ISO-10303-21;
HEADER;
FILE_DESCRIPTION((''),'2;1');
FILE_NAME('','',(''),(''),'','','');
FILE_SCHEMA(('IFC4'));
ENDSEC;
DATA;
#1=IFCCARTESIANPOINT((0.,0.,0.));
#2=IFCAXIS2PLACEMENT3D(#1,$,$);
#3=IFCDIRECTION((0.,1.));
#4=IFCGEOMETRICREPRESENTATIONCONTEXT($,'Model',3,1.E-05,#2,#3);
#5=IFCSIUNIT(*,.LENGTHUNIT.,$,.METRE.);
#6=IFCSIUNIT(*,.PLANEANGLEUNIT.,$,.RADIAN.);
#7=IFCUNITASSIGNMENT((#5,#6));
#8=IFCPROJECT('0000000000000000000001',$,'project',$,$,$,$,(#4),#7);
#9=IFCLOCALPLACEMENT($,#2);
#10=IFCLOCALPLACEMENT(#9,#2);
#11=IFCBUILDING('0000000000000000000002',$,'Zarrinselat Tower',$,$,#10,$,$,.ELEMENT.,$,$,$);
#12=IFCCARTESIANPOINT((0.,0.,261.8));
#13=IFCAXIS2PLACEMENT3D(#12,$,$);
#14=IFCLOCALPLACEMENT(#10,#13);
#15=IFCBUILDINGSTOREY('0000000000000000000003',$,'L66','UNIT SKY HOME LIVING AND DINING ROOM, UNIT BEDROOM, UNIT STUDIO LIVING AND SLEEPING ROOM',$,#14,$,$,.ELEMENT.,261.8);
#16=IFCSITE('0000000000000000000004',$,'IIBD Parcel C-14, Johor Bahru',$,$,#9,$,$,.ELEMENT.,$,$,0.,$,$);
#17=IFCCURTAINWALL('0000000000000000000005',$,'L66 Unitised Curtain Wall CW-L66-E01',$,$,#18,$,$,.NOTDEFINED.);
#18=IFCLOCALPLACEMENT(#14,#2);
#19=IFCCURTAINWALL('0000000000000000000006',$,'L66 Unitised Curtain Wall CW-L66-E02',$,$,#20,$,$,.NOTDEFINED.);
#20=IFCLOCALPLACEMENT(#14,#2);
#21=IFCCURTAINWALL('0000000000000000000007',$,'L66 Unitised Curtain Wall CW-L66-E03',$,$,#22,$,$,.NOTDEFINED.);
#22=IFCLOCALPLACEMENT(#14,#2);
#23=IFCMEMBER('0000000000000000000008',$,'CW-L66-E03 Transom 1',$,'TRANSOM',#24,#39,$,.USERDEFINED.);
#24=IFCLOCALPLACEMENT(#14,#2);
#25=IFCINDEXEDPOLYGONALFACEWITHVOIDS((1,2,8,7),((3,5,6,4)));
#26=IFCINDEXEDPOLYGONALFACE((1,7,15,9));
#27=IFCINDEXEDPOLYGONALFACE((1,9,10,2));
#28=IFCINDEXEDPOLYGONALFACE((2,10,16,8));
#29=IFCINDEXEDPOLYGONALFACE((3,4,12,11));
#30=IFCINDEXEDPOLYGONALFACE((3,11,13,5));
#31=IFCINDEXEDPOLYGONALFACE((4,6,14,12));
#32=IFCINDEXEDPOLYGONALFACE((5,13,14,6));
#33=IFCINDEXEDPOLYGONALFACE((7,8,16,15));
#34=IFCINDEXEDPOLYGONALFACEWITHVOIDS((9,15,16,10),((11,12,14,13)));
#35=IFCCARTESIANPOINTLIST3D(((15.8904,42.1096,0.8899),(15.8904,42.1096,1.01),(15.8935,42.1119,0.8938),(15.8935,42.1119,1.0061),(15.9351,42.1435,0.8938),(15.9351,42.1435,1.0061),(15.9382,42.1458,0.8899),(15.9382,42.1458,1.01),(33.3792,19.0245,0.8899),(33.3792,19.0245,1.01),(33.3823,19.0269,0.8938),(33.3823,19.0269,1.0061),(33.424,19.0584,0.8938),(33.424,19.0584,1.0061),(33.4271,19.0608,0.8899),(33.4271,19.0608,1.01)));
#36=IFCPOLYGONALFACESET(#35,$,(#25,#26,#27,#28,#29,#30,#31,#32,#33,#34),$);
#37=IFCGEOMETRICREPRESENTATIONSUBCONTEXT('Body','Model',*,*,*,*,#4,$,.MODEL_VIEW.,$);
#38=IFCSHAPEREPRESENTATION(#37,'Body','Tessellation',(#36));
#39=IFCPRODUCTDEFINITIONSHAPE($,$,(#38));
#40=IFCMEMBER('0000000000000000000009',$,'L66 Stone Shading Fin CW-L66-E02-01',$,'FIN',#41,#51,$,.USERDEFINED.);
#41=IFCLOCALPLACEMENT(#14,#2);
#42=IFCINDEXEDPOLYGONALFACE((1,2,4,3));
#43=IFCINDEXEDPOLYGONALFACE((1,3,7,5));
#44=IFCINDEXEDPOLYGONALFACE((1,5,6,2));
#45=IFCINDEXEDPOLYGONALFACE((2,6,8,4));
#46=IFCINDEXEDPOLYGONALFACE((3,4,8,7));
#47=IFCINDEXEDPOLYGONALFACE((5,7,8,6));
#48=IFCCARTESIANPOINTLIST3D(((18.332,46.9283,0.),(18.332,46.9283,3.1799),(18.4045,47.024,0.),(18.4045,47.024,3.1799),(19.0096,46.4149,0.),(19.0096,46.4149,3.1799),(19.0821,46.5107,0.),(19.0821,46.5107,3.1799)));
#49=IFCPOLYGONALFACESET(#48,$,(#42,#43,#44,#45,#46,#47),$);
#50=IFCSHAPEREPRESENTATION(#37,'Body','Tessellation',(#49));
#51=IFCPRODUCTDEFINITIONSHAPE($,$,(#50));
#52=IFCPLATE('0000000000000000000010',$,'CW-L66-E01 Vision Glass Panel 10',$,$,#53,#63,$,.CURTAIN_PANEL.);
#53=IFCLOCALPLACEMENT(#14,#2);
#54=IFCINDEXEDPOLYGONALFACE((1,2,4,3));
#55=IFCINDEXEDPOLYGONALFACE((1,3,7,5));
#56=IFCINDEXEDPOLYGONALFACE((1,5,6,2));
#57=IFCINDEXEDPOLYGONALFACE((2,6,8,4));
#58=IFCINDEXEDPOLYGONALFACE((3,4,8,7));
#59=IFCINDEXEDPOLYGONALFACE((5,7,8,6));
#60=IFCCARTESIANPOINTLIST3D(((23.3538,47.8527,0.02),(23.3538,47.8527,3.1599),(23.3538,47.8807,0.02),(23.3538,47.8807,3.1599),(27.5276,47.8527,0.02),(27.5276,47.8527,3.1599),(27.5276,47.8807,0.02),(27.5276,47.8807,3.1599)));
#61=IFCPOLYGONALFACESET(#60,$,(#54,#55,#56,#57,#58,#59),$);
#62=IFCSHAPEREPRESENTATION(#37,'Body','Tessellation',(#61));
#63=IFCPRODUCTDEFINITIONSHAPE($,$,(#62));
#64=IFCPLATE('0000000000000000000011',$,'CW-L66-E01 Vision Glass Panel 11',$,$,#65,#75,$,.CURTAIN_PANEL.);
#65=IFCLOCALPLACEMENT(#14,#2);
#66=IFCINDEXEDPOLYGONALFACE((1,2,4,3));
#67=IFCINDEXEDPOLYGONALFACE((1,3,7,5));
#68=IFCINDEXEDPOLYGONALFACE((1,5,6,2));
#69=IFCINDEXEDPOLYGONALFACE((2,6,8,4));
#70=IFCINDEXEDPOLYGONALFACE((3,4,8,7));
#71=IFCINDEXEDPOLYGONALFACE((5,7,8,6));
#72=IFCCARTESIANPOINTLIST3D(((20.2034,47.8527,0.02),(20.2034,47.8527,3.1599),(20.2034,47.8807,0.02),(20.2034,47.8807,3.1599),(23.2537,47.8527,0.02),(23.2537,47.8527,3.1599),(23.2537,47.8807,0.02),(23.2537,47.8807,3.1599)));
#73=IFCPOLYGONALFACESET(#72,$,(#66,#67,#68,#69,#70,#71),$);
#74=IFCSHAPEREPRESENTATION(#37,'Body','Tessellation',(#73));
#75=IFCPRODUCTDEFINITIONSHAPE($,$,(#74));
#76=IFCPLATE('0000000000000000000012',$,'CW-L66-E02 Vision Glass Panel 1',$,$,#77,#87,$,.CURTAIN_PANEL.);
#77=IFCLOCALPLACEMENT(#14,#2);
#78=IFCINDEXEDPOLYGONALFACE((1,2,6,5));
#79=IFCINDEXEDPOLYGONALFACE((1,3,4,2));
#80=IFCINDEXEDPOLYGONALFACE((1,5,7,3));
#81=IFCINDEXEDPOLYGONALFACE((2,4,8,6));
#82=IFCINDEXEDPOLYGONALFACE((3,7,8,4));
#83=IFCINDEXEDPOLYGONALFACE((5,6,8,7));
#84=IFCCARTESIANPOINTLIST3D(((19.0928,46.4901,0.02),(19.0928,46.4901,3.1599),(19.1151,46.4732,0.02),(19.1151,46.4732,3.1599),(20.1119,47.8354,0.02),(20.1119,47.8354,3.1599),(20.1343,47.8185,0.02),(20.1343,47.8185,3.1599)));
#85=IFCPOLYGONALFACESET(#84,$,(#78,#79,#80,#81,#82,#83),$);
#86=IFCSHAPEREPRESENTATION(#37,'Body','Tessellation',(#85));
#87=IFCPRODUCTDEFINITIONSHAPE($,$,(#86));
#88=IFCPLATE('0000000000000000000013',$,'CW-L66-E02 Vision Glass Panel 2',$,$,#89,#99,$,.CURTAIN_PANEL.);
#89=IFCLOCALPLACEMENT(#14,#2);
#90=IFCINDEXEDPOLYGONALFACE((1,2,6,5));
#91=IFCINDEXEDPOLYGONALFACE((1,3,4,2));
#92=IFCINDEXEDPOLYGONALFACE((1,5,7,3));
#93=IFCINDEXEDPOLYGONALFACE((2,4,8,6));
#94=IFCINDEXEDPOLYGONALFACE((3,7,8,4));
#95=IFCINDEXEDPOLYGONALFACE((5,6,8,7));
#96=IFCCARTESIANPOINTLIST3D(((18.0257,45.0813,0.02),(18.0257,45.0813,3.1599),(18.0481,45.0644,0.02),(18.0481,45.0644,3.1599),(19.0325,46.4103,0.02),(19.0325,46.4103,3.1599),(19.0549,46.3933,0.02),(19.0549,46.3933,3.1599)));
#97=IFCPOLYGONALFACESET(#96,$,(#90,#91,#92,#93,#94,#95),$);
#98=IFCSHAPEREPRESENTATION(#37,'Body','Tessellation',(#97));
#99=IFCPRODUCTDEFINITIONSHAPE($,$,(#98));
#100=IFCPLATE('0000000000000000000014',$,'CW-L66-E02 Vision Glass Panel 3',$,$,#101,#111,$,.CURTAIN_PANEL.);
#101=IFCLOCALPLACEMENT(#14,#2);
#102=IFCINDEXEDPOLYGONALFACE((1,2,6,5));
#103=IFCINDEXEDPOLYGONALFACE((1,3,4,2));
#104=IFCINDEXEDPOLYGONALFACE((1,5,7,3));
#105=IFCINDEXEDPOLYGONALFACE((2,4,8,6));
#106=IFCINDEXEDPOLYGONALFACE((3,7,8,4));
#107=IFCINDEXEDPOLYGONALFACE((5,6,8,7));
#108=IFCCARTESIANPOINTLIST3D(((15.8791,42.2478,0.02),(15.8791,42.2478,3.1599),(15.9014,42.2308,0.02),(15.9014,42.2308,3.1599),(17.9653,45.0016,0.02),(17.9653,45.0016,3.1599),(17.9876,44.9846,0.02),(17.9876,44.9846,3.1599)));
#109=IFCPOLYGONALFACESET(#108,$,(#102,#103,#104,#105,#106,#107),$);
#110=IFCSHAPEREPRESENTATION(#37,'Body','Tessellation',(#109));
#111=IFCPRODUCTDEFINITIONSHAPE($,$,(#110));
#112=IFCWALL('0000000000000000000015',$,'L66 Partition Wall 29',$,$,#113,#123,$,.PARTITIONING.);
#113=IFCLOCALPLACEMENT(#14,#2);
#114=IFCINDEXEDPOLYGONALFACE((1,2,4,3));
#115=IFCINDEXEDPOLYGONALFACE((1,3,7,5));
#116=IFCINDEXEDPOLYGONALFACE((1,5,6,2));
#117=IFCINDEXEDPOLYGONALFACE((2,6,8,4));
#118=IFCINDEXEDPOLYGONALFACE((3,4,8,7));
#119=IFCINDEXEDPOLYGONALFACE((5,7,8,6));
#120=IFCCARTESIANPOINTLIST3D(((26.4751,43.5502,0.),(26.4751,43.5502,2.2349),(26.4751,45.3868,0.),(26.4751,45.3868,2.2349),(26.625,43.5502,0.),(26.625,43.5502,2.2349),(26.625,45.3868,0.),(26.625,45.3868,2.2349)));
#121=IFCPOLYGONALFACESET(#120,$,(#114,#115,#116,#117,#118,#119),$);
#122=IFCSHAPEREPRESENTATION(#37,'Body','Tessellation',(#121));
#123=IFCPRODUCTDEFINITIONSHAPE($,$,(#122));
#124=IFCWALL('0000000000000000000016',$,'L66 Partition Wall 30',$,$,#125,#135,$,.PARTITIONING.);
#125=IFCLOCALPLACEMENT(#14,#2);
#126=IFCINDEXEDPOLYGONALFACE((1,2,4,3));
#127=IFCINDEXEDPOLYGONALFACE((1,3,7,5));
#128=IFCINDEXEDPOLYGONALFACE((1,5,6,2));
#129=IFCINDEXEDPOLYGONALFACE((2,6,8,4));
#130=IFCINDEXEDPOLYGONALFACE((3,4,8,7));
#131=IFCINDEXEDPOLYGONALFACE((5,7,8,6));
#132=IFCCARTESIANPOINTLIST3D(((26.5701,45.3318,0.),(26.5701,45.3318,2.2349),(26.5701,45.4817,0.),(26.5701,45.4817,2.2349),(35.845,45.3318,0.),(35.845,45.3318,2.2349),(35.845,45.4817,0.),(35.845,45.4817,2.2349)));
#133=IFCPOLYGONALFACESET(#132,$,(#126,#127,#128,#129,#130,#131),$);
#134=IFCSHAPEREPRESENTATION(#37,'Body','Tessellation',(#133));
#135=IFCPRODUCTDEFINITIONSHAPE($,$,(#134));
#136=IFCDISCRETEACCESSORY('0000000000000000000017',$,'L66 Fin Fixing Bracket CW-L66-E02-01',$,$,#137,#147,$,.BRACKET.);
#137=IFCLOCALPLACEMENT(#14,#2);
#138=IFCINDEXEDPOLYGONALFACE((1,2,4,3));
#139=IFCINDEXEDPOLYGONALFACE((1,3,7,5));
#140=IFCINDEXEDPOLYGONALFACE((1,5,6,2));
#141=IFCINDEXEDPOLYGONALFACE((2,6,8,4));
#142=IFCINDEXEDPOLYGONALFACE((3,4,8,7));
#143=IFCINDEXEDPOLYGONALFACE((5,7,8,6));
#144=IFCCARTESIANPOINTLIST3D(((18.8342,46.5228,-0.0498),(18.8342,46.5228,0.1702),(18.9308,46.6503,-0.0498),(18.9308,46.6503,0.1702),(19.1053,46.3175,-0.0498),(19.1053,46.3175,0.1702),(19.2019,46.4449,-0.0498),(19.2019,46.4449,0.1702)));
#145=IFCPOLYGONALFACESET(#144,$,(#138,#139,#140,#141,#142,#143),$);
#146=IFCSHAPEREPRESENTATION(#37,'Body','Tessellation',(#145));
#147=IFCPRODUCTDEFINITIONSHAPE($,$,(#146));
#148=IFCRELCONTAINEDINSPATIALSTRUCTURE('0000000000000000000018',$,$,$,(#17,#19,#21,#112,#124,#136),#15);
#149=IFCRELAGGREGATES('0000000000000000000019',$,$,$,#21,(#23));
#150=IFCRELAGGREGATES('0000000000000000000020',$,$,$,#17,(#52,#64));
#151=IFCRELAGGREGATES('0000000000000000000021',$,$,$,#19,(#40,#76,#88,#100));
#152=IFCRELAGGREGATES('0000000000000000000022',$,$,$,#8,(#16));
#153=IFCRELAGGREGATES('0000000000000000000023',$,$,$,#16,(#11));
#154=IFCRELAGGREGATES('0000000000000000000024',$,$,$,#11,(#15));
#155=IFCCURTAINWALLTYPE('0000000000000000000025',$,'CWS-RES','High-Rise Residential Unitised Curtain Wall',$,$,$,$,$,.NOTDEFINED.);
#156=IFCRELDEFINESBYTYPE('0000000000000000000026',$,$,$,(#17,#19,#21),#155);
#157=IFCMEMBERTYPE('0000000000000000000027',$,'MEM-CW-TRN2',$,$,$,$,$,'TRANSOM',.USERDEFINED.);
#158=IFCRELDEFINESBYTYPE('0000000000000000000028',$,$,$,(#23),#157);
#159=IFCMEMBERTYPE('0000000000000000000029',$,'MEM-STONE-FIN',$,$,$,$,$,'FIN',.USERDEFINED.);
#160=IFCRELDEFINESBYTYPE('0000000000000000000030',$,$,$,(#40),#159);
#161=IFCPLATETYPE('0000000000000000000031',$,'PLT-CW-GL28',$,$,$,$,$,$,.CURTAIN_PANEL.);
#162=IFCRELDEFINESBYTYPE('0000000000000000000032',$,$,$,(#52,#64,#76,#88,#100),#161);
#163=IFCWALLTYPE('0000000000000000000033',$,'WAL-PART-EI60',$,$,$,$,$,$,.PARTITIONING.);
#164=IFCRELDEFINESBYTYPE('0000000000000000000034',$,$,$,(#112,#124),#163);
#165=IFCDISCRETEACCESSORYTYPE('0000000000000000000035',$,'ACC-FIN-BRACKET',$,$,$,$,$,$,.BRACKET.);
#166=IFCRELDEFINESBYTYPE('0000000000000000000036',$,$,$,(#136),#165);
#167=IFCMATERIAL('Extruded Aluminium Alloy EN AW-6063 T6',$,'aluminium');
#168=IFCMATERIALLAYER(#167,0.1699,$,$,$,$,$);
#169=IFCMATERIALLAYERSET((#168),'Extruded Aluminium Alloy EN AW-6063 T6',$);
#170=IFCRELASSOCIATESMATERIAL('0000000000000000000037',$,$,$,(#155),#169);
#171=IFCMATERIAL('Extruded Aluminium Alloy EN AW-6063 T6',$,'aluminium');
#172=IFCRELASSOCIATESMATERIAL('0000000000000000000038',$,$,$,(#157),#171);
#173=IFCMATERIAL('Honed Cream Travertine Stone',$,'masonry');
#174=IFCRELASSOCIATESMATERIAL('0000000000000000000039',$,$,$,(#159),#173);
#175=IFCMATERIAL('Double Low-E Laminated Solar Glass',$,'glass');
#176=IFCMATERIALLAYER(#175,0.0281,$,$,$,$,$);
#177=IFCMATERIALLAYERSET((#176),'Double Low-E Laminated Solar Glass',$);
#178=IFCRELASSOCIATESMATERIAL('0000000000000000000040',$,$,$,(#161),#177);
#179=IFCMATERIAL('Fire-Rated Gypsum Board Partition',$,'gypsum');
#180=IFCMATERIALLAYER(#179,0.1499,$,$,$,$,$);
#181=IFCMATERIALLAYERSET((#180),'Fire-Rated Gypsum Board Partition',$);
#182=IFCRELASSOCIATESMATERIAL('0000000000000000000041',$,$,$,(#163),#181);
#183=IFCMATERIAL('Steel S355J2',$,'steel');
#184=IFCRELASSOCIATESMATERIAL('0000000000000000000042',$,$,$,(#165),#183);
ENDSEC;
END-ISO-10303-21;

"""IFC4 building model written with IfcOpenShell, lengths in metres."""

from ifc_helpers import new_model, si_unit, direction, frame, frame_2d, origin, origin_2d, place, context, subcontext, project, spatial, rectangle, hollow_rectangle, extrude, material, layer, layer_set, material_profile, profile_set, type_object, element, aggregate, save


model = new_model("IFC4")

# Units and contexts
model_context = context("Model", 3, precision=1e-05, world=origin(), true_north=direction((0.0, 1.0)))
body_context = subcontext(model_context, "Body", "Model", "MODEL_VIEW")
ifc_project = project(units=[si_unit("LENGTHUNIT", "METRE"), si_unit("PLANEANGLEUNIT", "RADIAN")], contexts=[model_context])

# Site, building, storey
site_placement = place(None, origin())
site = spatial("IfcSite", under=ifc_project, at=site_placement, Name="IIBD Parcel C-14, Johor Bahru", CompositionType="ELEMENT", RefElevation=0.0)
building_placement = place(site_placement, origin())
building = spatial("IfcBuilding", under=site, at=building_placement, Name="Zarrinselat Tower", CompositionType="ELEMENT")
storey_placement = place(building_placement, frame((0.0, 0.0, 261.8)))
storey = spatial("IfcBuildingStorey", under=building, at=storey_placement, Name="L66", Description="UNIT SKY HOME LIVING AND DINING ROOM, UNIT BEDROOM, UNIT STUDIO LIVING AND SLEEPING ROOM", CompositionType="ELEMENT", Elevation=261.8)

# Curtain walls
ifc_material_1 = material(Name="Extruded Aluminium Alloy EN AW-6063 T6", Category="aluminium")
ifc_layer_1 = layer(ifc_material_1, 0.1699)
ifc_layer_set_1 = layer_set([ifc_layer_1], Name="Extruded Aluminium Alloy EN AW-6063 T6")
curtain_wall_type = type_object("IfcCurtainWallType", Name="CWS-RES", Description="High-Rise Residential Unitised Curtain Wall", PredefinedType="NOTDEFINED", material=ifc_layer_set_1)
curtain_wall_1_placement = place(storey_placement, origin())
curtain_wall_1 = element("IfcCurtainWall", 1, at=curtain_wall_1_placement, inside=storey, type_object=curtain_wall_type, Name="L66 Unitised Curtain Wall CW-L66-E01", PredefinedType="NOTDEFINED")
curtain_wall_2_placement = place(storey_placement, origin())
curtain_wall_2 = element("IfcCurtainWall", 2, at=curtain_wall_2_placement, inside=storey, type_object=curtain_wall_type, Name="L66 Unitised Curtain Wall CW-L66-E02", PredefinedType="NOTDEFINED")
ifc_material_2 = material(Name="Extruded Aluminium Alloy EN AW-6063 T6", Category="aluminium")
ifc_material_profile_1 = material_profile(ifc_material_2, hollow_rectangle(XDim=0.0601, YDim=0.1201, WallThickness=0.0039, at=origin_2d()), Name="RHS 120x60x4")
ifc_profile_set_1 = profile_set([ifc_material_profile_1], Name="Extruded Aluminium Alloy EN AW-6063 T6")
member_type_1 = type_object("IfcMemberType", Name="MEM-CW-TRN2", ElementType="TRANSOM", PredefinedType="USERDEFINED", material=ifc_profile_set_1)

# Curtain wall, member
curtain_wall_3_placement = place(storey_placement, origin())
curtain_wall_3 = element("IfcCurtainWall", 3, at=curtain_wall_3_placement, inside=storey, type_object=curtain_wall_type, Name="L66 Unitised Curtain Wall CW-L66-E03", PredefinedType="NOTDEFINED")
member_1_placement = place(storey_placement, frame((15.9143, 42.1277, 0.95), z_axis=(0.603861, -0.797089, 0.0), x_axis=(0.797089, 0.603861, 0.0)))
member_1 = element("IfcMember", 4, at=member_1_placement, type_object=member_type_1, Name="CW-L66-E03 Transom 1", ObjectType="TRANSOM", PredefinedType="USERDEFINED", context=body_context, shape_type="SweptSolid", body=[
    extrude(hollow_rectangle(XDim=0.0601, YDim=0.1201, WallThickness=0.0039, at=origin_2d()), origin(), (0.0, 0.0, 1.0), 28.9617),
])
aggregate(curtain_wall_3, [member_1])

# Member
ifc_material_3 = material(Name="Honed Cream Travertine Stone", Category="masonry")
ifc_material_profile_2 = material_profile(ifc_material_3, rectangle(XDim=0.1201, YDim=0.8501, at=origin_2d()), Name="FIN 850x120")
ifc_profile_set_2 = profile_set([ifc_material_profile_2], Name="Honed Cream Travertine Stone")
member_type_2 = type_object("IfcMemberType", Name="MEM-STONE-FIN", ElementType="FIN", PredefinedType="USERDEFINED", material=ifc_profile_set_2)
member_2_placement = place(storey_placement, frame((18.707, 46.7195, 0.0), z_axis=(0.0, 0.0, 1.0), x_axis=(0.603855, 0.797094, 0.0)))
member_2 = element("IfcMember", 5, at=member_2_placement, type_object=member_type_2, Name="L66 Stone Shading Fin CW-L66-E02-01", ObjectType="FIN", PredefinedType="USERDEFINED", context=body_context, shape_type="SweptSolid", body=[
    extrude(rectangle(XDim=0.1201, YDim=0.8501, at=origin_2d()), origin(), (0.0, 0.0, 1.0), 3.1799),
])

# Plates
ifc_material_4 = material(Name="Double Low-E Laminated Solar Glass", Category="glass")
ifc_layer_2 = layer(ifc_material_4, 0.0281)
ifc_layer_set_2 = layer_set([ifc_layer_2], Name="Double Low-E Laminated Solar Glass")
plate_type = type_object("IfcPlateType", Name="PLT-CW-GL28", PredefinedType="CURTAIN_PANEL", material=ifc_layer_set_2)
plate_1_placement = place(storey_placement, frame((25.4407, 47.8667, 0.02), z_axis=(0.0, 0.0, 1.0), x_axis=(-1.0, 0.0, 0.0)))
plate_1 = element("IfcPlate", 6, at=plate_1_placement, type_object=plate_type, Name="CW-L66-E01 Vision Glass Panel 10", PredefinedType="CURTAIN_PANEL", context=body_context, shape_type="SweptSolid", body=[
    extrude(rectangle(XDim=4.1738, YDim=0.0281, at=origin_2d()), origin(), (0.0, 0.0, 1.0), 3.1399),
])
plate_2_placement = place(storey_placement, frame((21.7285, 47.8667, 0.02), z_axis=(0.0, 0.0, 1.0), x_axis=(-1.0, 0.0, 0.0)))
plate_2 = element("IfcPlate", 7, at=plate_2_placement, type_object=plate_type, Name="CW-L66-E01 Vision Glass Panel 11", PredefinedType="CURTAIN_PANEL", context=body_context, shape_type="SweptSolid", body=[
    extrude(rectangle(XDim=3.0503, YDim=0.0281, at=origin_2d()), origin(), (0.0, 0.0, 1.0), 3.1399),
])
aggregate(curtain_wall_1, [plate_1, plate_2])
plate_3_placement = place(storey_placement, frame((19.6135, 47.1543, 0.02), z_axis=(0.0, 0.0, 1.0), x_axis=(-0.603855, -0.797094, 0.0)))
plate_3 = element("IfcPlate", 8, at=plate_3_placement, type_object=plate_type, Name="CW-L66-E02 Vision Glass Panel 1", PredefinedType="CURTAIN_PANEL", context=body_context, shape_type="SweptSolid", body=[
    extrude(rectangle(XDim=1.6877, YDim=0.0281, at=origin_2d()), origin(), (0.0, 0.0, 1.0), 3.1399),
])
plate_4_placement = place(storey_placement, frame((18.5403, 45.7373, 0.02), z_axis=(0.0, 0.0, 1.0), x_axis=(-0.603855, -0.797094, 0.0)))
plate_4 = element("IfcPlate", 9, at=plate_4_placement, type_object=plate_type, Name="CW-L66-E02 Vision Glass Panel 2", PredefinedType="CURTAIN_PANEL", context=body_context, shape_type="SweptSolid", body=[
    extrude(rectangle(XDim=1.6672, YDim=0.0281, at=origin_2d()), origin(), (0.0, 0.0, 1.0), 3.1399),
])
plate_5_placement = place(storey_placement, frame((16.9333, 43.6162, 0.02), z_axis=(0.0, 0.0, 1.0), x_axis=(-0.603855, -0.797094, 0.0)))
plate_5 = element("IfcPlate", 10, at=plate_5_placement, type_object=plate_type, Name="CW-L66-E02 Vision Glass Panel 3", PredefinedType="CURTAIN_PANEL", context=body_context, shape_type="SweptSolid", body=[
    extrude(rectangle(XDim=3.4548, YDim=0.0281, at=origin_2d()), origin(), (0.0, 0.0, 1.0), 3.1399),
])
aggregate(curtain_wall_2, [member_2, plate_3, plate_4, plate_5])

# Walls
ifc_material_5 = material(Name="Fire-Rated Gypsum Board Partition", Category="gypsum")
ifc_layer_3 = layer(ifc_material_5, 0.1499)
ifc_layer_set_3 = layer_set([ifc_layer_3], Name="Fire-Rated Gypsum Board Partition")
wall_type = type_object("IfcWallType", Name="WAL-PART-EI60", PredefinedType="PARTITIONING", material=ifc_layer_set_3)
wall_1_placement = place(storey_placement, frame((26.55, 43.55, 0.0), z_axis=(0.0, 0.0, 1.0), x_axis=(0.0, 1.0, 0.0)))
element("IfcWall", 11, at=wall_1_placement, inside=storey, type_object=wall_type, Name="L66 Partition Wall 29", PredefinedType="PARTITIONING", context=body_context, shape_type="SweptSolid", body=[
    extrude(rectangle(XDim=1.8367, YDim=0.1499, at=frame_2d((0.9185, 0.0))), origin(), (0.0, 0.0, 1.0), 2.2349),
])
wall_2_placement = place(storey_placement, frame((26.5701, 45.4067, 0.0), z_axis=(0.0, 0.0, 1.0), x_axis=(1.0, 0.0, 0.0)))
element("IfcWall", 12, at=wall_2_placement, inside=storey, type_object=wall_type, Name="L66 Partition Wall 30", PredefinedType="PARTITIONING", context=body_context, shape_type="SweptSolid", body=[
    extrude(rectangle(XDim=9.2749, YDim=0.1499, at=frame_2d((4.6375, 0.0))), origin(), (0.0, 0.0, 1.0), 2.2349),
])

# Discrete accessory
ifc_material_6 = material(Name="Steel S355J2", Category="steel")
discrete_accessory_type = type_object("IfcDiscreteAccessoryType", Name="ACC-FIN-BRACKET", PredefinedType="BRACKET", material=ifc_material_6)
discrete_accessory_placement = place(storey_placement, frame((19.0181, 46.4839, -0.0498), z_axis=(0.0, 0.0, 1.0), x_axis=(-0.797094, 0.603855, 0.0)))
element("IfcDiscreteAccessory", 13, at=discrete_accessory_placement, inside=storey, type_object=discrete_accessory_type, Name="L66 Fin Fixing Bracket CW-L66-E02-01", PredefinedType="BRACKET", context=body_context, shape_type="SweptSolid", body=[
    extrude(rectangle(XDim=0.3401, YDim=0.1599, at=origin_2d()), origin(), (0.0, 0.0, 1.0), 0.22),
])

save(model, "model.ifc")
